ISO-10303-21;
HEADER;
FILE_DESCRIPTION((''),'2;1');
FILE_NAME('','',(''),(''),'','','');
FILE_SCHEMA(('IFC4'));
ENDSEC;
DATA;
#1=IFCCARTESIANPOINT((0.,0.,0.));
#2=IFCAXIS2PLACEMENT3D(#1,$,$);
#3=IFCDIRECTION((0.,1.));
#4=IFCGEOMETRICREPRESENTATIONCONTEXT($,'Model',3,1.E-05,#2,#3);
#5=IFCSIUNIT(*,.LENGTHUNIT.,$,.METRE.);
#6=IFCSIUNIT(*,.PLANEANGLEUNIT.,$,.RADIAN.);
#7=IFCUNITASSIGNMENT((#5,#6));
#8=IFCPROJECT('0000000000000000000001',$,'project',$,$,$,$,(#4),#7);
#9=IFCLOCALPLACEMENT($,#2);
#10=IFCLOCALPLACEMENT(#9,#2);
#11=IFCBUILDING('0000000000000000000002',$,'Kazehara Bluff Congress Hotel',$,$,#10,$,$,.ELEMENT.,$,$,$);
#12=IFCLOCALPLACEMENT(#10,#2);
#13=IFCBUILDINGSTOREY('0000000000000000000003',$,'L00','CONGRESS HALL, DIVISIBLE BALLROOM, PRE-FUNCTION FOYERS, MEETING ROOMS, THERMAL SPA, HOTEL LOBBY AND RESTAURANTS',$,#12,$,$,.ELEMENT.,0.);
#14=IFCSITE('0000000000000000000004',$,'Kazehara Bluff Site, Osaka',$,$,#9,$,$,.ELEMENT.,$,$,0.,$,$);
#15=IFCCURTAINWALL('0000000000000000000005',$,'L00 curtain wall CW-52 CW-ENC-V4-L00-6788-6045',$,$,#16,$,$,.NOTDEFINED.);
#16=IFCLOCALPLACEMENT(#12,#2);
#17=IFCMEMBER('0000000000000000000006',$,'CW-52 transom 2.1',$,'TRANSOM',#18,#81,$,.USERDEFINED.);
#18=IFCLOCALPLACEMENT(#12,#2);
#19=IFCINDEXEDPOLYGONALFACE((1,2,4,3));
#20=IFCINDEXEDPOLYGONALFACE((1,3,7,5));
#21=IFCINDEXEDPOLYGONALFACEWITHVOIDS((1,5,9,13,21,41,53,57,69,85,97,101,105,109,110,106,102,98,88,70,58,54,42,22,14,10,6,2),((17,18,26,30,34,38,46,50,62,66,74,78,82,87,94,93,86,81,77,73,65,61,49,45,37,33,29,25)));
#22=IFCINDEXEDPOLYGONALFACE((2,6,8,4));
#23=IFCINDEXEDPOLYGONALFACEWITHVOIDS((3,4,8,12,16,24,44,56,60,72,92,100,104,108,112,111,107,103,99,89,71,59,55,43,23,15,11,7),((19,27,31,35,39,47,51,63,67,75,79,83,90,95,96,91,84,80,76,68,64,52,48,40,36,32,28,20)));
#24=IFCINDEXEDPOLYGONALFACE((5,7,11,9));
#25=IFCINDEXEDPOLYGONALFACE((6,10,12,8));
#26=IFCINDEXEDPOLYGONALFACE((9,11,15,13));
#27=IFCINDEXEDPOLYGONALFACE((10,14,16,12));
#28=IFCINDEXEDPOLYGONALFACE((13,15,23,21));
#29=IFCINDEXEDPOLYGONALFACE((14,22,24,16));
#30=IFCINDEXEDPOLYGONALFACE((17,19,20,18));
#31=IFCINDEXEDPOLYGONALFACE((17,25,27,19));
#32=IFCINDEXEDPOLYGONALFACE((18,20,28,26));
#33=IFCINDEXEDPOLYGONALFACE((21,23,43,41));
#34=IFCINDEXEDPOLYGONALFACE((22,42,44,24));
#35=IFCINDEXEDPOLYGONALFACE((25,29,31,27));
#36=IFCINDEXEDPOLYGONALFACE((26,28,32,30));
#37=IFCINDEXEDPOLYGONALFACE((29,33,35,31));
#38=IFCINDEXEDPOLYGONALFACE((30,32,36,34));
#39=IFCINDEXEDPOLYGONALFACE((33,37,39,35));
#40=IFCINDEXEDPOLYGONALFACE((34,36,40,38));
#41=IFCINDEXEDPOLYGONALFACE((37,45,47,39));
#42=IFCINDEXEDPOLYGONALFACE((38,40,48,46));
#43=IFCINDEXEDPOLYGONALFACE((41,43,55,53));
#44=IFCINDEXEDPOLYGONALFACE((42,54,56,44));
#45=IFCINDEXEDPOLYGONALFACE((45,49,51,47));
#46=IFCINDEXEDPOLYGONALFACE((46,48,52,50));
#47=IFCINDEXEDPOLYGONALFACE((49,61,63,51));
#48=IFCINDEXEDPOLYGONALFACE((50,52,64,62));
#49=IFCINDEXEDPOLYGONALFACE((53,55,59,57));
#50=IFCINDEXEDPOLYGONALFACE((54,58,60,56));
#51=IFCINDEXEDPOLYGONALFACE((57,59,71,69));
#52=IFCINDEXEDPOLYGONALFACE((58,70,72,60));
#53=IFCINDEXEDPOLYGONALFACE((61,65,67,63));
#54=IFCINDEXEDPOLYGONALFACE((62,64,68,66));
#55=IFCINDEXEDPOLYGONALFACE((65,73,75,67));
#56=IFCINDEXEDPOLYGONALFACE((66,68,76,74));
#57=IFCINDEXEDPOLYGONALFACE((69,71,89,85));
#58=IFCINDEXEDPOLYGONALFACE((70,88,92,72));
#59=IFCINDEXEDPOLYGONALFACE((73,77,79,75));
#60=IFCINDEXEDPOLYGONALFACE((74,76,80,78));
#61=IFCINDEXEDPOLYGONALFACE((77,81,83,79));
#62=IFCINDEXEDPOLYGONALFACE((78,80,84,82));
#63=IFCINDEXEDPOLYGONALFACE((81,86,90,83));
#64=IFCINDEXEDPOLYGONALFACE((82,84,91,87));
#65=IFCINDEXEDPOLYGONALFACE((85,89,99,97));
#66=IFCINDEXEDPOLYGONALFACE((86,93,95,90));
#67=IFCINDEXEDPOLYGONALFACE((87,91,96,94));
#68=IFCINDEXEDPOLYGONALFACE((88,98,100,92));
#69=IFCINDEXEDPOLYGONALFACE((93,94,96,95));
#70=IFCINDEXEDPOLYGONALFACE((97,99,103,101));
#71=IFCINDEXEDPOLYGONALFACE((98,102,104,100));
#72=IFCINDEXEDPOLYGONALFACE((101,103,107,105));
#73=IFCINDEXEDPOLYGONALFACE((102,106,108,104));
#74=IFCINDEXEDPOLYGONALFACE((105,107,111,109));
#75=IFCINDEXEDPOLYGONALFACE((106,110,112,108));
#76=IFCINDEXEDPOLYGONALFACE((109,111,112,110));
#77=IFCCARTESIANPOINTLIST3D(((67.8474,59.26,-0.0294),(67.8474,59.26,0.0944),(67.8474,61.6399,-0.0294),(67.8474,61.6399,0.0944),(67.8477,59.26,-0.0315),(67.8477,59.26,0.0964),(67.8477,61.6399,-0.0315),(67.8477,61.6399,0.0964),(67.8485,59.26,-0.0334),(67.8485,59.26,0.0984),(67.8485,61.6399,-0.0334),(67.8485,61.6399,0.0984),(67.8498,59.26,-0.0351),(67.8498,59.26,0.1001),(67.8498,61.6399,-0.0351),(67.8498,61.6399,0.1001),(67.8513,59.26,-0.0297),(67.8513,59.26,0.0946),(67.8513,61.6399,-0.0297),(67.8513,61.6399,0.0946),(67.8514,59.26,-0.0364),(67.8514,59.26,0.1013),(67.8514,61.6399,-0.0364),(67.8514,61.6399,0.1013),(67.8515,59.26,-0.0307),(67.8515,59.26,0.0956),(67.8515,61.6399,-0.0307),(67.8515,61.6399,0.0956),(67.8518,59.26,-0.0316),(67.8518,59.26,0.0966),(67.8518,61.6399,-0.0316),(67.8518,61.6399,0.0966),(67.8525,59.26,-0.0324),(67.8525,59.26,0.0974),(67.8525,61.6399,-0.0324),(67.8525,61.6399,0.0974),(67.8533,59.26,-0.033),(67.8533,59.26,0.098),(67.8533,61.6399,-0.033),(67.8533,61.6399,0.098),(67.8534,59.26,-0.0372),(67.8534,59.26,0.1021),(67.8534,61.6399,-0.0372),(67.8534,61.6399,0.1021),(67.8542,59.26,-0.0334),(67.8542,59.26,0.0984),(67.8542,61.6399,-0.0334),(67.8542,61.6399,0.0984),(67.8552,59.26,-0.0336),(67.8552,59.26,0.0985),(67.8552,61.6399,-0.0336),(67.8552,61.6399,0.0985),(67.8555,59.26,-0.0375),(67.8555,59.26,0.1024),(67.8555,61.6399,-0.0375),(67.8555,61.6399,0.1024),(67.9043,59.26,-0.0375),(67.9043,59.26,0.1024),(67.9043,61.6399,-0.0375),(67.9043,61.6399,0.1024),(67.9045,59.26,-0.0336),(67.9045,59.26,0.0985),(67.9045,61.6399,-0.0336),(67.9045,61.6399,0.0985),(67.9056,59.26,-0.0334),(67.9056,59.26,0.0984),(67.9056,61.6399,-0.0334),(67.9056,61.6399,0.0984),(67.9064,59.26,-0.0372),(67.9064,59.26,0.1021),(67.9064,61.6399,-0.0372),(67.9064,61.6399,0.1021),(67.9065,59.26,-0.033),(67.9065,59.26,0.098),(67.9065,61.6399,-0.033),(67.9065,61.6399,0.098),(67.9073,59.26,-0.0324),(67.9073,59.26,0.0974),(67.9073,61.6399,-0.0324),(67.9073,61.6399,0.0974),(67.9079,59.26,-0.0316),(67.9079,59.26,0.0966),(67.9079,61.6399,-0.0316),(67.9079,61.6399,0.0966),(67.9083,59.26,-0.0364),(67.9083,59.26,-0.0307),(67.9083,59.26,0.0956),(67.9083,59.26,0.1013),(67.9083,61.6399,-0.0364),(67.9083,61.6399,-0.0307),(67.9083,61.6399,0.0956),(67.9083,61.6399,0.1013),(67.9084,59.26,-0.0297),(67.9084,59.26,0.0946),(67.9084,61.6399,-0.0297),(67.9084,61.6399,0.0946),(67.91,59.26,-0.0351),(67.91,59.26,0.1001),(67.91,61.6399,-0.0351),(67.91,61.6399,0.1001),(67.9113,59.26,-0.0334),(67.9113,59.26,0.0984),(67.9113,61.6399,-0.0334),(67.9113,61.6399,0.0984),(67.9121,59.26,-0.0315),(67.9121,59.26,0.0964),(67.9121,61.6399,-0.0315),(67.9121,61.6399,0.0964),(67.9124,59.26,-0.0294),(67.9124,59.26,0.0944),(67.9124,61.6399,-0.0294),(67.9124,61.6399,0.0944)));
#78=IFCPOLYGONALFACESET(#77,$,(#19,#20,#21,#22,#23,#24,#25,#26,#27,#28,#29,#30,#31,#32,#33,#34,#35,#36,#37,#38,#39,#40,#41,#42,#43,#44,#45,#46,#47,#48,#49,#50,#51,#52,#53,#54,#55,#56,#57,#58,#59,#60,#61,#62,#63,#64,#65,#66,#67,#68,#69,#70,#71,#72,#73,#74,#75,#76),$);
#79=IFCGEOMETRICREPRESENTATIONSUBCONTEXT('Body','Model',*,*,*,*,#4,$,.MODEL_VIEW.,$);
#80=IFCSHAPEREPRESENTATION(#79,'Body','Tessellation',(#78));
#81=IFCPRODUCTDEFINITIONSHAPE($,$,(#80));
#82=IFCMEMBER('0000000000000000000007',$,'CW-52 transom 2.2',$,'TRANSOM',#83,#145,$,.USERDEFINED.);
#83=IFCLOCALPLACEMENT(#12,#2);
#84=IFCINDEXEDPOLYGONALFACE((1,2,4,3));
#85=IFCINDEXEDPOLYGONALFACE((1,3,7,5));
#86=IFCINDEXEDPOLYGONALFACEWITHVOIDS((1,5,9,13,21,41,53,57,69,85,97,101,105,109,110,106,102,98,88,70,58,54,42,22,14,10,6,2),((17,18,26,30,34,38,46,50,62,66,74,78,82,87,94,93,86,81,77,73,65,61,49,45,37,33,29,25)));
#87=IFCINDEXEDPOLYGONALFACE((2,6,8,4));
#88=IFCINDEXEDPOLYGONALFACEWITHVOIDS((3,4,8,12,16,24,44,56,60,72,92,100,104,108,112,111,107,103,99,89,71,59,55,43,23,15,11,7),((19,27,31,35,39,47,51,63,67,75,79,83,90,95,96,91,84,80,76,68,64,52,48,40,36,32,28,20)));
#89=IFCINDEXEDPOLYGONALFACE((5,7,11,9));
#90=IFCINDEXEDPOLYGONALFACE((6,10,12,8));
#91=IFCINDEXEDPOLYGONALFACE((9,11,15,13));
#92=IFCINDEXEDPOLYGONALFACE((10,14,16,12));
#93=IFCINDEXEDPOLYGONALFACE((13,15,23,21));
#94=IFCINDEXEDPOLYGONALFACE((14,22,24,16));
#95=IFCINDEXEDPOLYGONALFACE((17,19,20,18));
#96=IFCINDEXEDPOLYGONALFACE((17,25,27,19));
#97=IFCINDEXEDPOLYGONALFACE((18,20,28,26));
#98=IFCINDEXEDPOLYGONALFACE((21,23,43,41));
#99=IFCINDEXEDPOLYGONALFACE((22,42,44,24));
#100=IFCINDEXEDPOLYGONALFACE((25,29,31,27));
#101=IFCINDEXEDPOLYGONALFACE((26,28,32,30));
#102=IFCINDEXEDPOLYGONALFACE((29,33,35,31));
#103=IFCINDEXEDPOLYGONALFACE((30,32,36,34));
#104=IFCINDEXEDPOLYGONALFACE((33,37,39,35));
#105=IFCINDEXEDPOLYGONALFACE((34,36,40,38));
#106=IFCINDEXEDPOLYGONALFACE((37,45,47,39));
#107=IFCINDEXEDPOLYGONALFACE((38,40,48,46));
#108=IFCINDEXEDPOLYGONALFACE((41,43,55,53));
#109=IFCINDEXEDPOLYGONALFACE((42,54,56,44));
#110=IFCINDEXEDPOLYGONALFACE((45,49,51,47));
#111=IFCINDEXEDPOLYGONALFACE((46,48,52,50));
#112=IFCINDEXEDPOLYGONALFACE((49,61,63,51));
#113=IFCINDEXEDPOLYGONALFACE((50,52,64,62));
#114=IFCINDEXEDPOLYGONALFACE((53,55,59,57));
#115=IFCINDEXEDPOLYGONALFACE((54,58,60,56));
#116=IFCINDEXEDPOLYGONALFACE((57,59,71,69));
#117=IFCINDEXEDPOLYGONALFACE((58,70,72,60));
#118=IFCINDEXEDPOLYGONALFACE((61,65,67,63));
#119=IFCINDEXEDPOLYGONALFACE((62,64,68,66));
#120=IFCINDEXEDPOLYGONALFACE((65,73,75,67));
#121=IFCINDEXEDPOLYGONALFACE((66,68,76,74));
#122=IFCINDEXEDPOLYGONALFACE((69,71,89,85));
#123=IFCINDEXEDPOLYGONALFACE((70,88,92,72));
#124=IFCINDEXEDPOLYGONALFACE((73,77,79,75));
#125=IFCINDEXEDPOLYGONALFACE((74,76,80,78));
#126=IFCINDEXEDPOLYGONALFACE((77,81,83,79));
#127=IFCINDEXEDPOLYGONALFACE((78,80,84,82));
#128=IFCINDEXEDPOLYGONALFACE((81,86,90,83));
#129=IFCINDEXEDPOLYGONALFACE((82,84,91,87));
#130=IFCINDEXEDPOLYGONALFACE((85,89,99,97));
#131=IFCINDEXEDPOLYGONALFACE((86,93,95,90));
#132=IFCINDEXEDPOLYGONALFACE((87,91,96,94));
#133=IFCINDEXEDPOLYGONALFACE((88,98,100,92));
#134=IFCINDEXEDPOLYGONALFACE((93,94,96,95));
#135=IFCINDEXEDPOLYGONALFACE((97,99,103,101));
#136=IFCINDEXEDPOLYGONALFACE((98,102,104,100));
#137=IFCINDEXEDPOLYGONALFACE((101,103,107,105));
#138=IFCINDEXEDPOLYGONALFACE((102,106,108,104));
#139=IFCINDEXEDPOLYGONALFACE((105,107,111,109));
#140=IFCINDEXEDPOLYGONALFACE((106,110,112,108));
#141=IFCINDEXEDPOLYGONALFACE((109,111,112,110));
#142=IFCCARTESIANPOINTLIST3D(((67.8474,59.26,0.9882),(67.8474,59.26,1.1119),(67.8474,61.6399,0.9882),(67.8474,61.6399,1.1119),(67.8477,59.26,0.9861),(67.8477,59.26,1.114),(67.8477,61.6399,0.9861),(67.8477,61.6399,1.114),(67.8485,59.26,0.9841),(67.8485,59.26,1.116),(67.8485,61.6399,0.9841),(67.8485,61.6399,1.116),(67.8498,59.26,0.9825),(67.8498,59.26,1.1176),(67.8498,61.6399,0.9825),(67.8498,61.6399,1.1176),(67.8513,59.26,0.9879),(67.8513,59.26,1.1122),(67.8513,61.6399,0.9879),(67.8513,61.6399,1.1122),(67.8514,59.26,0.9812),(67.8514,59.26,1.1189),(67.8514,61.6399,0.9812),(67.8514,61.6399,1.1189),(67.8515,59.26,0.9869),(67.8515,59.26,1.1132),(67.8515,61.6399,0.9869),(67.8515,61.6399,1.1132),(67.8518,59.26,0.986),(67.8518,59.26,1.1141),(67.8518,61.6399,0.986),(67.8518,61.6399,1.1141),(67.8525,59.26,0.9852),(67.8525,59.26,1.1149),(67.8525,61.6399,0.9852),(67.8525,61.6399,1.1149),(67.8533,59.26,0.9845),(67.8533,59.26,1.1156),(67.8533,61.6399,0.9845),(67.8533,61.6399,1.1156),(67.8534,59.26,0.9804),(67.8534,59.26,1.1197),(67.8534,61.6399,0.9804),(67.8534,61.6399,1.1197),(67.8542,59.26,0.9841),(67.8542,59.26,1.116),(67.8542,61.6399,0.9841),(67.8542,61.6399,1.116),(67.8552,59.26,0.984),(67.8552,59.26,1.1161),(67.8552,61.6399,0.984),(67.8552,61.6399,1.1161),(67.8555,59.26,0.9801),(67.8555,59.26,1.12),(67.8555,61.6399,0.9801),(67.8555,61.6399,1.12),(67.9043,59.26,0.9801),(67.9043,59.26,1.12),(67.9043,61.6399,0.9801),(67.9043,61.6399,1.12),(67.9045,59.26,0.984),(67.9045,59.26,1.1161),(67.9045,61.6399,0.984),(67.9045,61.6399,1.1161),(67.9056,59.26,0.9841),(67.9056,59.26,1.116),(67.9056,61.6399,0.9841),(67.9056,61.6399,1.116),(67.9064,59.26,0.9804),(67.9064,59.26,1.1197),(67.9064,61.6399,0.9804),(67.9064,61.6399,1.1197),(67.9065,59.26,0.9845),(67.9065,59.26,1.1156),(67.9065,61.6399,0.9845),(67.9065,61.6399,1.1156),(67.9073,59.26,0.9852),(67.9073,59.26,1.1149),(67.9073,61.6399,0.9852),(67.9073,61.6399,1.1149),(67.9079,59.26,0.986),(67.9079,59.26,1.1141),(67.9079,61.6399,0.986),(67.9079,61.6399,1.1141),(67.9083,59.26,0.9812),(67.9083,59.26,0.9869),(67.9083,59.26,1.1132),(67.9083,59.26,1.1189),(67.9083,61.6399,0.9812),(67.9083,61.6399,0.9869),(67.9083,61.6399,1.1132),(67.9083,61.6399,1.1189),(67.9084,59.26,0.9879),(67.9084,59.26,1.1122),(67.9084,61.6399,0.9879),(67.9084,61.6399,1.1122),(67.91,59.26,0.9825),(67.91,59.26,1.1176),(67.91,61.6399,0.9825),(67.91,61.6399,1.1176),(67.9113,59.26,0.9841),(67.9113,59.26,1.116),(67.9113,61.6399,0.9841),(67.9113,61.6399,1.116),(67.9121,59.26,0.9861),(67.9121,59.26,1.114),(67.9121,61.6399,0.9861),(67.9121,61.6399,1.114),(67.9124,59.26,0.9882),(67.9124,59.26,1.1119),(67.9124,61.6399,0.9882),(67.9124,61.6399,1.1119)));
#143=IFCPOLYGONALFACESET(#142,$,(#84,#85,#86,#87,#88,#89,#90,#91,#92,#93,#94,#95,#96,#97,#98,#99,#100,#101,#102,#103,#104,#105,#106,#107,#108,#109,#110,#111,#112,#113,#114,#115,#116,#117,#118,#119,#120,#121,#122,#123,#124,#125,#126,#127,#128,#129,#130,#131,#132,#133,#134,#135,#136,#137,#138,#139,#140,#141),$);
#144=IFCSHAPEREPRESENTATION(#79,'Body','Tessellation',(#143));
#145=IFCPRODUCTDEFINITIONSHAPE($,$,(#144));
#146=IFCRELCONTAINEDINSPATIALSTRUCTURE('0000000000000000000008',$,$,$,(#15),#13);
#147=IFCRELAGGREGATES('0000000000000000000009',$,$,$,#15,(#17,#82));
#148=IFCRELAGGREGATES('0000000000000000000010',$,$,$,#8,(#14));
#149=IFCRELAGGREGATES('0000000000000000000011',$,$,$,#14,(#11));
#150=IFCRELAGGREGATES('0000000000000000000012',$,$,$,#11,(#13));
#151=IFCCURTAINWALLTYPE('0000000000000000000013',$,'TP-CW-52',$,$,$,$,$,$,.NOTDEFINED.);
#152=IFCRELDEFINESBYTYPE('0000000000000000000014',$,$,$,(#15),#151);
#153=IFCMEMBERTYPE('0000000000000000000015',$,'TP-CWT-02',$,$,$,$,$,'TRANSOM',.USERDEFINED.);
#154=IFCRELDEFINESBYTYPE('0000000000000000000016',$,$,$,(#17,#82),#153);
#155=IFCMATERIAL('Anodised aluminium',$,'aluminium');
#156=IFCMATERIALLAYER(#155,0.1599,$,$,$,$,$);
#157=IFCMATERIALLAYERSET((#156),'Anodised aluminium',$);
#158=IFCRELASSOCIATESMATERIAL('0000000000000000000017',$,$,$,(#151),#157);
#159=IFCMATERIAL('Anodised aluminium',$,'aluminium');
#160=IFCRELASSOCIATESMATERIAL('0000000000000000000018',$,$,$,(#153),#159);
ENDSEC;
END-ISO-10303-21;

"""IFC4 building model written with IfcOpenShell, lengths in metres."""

from ifc_helpers import new_model, si_unit, direction, frame, origin, origin_2d, place, context, subcontext, project, spatial, hollow_rectangle, extrude, material, layer, layer_set, material_profile, profile_set, type_object, element, aggregate, save


model = new_model("IFC4")

# Units and contexts
model_context = context("Model", 3, precision=1e-05, world=origin(), true_north=direction((0.0, 1.0)))
body_context = subcontext(model_context, "Body", "Model", "MODEL_VIEW")
ifc_project = project(units=[si_unit("LENGTHUNIT", "METRE"), si_unit("PLANEANGLEUNIT", "RADIAN")], contexts=[model_context])

# Site, building, storey
site_placement = place(None, origin())
site = spatial("IfcSite", under=ifc_project, at=site_placement, Name="Kazehara Bluff Site, Osaka", CompositionType="ELEMENT", RefElevation=0.0)
building_placement = place(site_placement, origin())
building = spatial("IfcBuilding", under=site, at=building_placement, Name="Kazehara Bluff Congress Hotel", CompositionType="ELEMENT")
storey_placement = place(building_placement, origin())
storey = spatial("IfcBuildingStorey", under=building, at=storey_placement, Name="L00", Description="CONGRESS HALL, DIVISIBLE BALLROOM, PRE-FUNCTION FOYERS, MEETING ROOMS, THERMAL SPA, HOTEL LOBBY AND RESTAURANTS", CompositionType="ELEMENT", Elevation=0.0)

# Curtain wall
ifc_material_1 = material(Name="Anodised aluminium", Category="aluminium")
ifc_layer_1 = layer(ifc_material_1, 0.1599)
ifc_layer_set_1 = layer_set([ifc_layer_1], Name="Anodised aluminium")
curtain_wall_type_1 = type_object("IfcCurtainWallType", Name="TP-CW-52", PredefinedType="NOTDEFINED", material=ifc_layer_set_1)
curtain_wall_1_placement = place(storey_placement, origin())
curtain_wall_1 = element("IfcCurtainWall", 1, at=curtain_wall_1_placement, inside=storey, type_object=curtain_wall_type_1, Name="L00 curtain wall CW-52 CW-ENC-V4-L00-6788-6045", PredefinedType="NOTDEFINED")

# Members
ifc_material_2 = material(Name="Anodised aluminium", Category="aluminium")
ifc_material_profile_1 = material_profile(ifc_material_2, hollow_rectangle(XDim=0.0649, YDim=0.1399, WallThickness=0.0039, InnerFilletRadius=0.0039, OuterFilletRadius=0.0081, at=origin_2d()))
ifc_profile_set_1 = profile_set([ifc_material_profile_1], Name="Anodised aluminium")
member_type_1 = type_object("IfcMemberType", Name="TP-CWT-02", ElementType="TRANSOM", PredefinedType="USERDEFINED", material=ifc_profile_set_1)
member_1_placement = place(storey_placement, frame((67.8799, 61.6399, 0.0325), z_axis=(0.0, -1.0, 0.0), x_axis=(1.0, 0.0, 0.0)))
member_1 = element("IfcMember", 2, at=member_1_placement, type_object=member_type_1, Name="CW-52 transom 2.1", ObjectType="TRANSOM", PredefinedType="USERDEFINED", context=body_context, shape_type="SweptSolid", body=[
    extrude(hollow_rectangle(XDim=0.0649, YDim=0.1399, WallThickness=0.0039, InnerFilletRadius=0.0039, OuterFilletRadius=0.0081, at=origin_2d()), origin(), (0.0, 0.0, 1.0), 2.3799),
])
member_2_placement = place(storey_placement, frame((67.8799, 61.6399, 1.05), z_axis=(0.0, -1.0, 0.0), x_axis=(1.0, 0.0, 0.0)))
member_2 = element("IfcMember", 3, at=member_2_placement, type_object=member_type_1, Name="CW-52 transom 2.2", ObjectType="TRANSOM", PredefinedType="USERDEFINED", context=body_context, shape_type="SweptSolid", body=[
    extrude(hollow_rectangle(XDim=0.0649, YDim=0.1399, WallThickness=0.0039, InnerFilletRadius=0.0039, OuterFilletRadius=0.0081, at=origin_2d()), origin(), (0.0, 0.0, 1.0), 2.3799),
])

aggregate(curtain_wall_1, [member_1, member_2])

save(model, "model.ifc")
